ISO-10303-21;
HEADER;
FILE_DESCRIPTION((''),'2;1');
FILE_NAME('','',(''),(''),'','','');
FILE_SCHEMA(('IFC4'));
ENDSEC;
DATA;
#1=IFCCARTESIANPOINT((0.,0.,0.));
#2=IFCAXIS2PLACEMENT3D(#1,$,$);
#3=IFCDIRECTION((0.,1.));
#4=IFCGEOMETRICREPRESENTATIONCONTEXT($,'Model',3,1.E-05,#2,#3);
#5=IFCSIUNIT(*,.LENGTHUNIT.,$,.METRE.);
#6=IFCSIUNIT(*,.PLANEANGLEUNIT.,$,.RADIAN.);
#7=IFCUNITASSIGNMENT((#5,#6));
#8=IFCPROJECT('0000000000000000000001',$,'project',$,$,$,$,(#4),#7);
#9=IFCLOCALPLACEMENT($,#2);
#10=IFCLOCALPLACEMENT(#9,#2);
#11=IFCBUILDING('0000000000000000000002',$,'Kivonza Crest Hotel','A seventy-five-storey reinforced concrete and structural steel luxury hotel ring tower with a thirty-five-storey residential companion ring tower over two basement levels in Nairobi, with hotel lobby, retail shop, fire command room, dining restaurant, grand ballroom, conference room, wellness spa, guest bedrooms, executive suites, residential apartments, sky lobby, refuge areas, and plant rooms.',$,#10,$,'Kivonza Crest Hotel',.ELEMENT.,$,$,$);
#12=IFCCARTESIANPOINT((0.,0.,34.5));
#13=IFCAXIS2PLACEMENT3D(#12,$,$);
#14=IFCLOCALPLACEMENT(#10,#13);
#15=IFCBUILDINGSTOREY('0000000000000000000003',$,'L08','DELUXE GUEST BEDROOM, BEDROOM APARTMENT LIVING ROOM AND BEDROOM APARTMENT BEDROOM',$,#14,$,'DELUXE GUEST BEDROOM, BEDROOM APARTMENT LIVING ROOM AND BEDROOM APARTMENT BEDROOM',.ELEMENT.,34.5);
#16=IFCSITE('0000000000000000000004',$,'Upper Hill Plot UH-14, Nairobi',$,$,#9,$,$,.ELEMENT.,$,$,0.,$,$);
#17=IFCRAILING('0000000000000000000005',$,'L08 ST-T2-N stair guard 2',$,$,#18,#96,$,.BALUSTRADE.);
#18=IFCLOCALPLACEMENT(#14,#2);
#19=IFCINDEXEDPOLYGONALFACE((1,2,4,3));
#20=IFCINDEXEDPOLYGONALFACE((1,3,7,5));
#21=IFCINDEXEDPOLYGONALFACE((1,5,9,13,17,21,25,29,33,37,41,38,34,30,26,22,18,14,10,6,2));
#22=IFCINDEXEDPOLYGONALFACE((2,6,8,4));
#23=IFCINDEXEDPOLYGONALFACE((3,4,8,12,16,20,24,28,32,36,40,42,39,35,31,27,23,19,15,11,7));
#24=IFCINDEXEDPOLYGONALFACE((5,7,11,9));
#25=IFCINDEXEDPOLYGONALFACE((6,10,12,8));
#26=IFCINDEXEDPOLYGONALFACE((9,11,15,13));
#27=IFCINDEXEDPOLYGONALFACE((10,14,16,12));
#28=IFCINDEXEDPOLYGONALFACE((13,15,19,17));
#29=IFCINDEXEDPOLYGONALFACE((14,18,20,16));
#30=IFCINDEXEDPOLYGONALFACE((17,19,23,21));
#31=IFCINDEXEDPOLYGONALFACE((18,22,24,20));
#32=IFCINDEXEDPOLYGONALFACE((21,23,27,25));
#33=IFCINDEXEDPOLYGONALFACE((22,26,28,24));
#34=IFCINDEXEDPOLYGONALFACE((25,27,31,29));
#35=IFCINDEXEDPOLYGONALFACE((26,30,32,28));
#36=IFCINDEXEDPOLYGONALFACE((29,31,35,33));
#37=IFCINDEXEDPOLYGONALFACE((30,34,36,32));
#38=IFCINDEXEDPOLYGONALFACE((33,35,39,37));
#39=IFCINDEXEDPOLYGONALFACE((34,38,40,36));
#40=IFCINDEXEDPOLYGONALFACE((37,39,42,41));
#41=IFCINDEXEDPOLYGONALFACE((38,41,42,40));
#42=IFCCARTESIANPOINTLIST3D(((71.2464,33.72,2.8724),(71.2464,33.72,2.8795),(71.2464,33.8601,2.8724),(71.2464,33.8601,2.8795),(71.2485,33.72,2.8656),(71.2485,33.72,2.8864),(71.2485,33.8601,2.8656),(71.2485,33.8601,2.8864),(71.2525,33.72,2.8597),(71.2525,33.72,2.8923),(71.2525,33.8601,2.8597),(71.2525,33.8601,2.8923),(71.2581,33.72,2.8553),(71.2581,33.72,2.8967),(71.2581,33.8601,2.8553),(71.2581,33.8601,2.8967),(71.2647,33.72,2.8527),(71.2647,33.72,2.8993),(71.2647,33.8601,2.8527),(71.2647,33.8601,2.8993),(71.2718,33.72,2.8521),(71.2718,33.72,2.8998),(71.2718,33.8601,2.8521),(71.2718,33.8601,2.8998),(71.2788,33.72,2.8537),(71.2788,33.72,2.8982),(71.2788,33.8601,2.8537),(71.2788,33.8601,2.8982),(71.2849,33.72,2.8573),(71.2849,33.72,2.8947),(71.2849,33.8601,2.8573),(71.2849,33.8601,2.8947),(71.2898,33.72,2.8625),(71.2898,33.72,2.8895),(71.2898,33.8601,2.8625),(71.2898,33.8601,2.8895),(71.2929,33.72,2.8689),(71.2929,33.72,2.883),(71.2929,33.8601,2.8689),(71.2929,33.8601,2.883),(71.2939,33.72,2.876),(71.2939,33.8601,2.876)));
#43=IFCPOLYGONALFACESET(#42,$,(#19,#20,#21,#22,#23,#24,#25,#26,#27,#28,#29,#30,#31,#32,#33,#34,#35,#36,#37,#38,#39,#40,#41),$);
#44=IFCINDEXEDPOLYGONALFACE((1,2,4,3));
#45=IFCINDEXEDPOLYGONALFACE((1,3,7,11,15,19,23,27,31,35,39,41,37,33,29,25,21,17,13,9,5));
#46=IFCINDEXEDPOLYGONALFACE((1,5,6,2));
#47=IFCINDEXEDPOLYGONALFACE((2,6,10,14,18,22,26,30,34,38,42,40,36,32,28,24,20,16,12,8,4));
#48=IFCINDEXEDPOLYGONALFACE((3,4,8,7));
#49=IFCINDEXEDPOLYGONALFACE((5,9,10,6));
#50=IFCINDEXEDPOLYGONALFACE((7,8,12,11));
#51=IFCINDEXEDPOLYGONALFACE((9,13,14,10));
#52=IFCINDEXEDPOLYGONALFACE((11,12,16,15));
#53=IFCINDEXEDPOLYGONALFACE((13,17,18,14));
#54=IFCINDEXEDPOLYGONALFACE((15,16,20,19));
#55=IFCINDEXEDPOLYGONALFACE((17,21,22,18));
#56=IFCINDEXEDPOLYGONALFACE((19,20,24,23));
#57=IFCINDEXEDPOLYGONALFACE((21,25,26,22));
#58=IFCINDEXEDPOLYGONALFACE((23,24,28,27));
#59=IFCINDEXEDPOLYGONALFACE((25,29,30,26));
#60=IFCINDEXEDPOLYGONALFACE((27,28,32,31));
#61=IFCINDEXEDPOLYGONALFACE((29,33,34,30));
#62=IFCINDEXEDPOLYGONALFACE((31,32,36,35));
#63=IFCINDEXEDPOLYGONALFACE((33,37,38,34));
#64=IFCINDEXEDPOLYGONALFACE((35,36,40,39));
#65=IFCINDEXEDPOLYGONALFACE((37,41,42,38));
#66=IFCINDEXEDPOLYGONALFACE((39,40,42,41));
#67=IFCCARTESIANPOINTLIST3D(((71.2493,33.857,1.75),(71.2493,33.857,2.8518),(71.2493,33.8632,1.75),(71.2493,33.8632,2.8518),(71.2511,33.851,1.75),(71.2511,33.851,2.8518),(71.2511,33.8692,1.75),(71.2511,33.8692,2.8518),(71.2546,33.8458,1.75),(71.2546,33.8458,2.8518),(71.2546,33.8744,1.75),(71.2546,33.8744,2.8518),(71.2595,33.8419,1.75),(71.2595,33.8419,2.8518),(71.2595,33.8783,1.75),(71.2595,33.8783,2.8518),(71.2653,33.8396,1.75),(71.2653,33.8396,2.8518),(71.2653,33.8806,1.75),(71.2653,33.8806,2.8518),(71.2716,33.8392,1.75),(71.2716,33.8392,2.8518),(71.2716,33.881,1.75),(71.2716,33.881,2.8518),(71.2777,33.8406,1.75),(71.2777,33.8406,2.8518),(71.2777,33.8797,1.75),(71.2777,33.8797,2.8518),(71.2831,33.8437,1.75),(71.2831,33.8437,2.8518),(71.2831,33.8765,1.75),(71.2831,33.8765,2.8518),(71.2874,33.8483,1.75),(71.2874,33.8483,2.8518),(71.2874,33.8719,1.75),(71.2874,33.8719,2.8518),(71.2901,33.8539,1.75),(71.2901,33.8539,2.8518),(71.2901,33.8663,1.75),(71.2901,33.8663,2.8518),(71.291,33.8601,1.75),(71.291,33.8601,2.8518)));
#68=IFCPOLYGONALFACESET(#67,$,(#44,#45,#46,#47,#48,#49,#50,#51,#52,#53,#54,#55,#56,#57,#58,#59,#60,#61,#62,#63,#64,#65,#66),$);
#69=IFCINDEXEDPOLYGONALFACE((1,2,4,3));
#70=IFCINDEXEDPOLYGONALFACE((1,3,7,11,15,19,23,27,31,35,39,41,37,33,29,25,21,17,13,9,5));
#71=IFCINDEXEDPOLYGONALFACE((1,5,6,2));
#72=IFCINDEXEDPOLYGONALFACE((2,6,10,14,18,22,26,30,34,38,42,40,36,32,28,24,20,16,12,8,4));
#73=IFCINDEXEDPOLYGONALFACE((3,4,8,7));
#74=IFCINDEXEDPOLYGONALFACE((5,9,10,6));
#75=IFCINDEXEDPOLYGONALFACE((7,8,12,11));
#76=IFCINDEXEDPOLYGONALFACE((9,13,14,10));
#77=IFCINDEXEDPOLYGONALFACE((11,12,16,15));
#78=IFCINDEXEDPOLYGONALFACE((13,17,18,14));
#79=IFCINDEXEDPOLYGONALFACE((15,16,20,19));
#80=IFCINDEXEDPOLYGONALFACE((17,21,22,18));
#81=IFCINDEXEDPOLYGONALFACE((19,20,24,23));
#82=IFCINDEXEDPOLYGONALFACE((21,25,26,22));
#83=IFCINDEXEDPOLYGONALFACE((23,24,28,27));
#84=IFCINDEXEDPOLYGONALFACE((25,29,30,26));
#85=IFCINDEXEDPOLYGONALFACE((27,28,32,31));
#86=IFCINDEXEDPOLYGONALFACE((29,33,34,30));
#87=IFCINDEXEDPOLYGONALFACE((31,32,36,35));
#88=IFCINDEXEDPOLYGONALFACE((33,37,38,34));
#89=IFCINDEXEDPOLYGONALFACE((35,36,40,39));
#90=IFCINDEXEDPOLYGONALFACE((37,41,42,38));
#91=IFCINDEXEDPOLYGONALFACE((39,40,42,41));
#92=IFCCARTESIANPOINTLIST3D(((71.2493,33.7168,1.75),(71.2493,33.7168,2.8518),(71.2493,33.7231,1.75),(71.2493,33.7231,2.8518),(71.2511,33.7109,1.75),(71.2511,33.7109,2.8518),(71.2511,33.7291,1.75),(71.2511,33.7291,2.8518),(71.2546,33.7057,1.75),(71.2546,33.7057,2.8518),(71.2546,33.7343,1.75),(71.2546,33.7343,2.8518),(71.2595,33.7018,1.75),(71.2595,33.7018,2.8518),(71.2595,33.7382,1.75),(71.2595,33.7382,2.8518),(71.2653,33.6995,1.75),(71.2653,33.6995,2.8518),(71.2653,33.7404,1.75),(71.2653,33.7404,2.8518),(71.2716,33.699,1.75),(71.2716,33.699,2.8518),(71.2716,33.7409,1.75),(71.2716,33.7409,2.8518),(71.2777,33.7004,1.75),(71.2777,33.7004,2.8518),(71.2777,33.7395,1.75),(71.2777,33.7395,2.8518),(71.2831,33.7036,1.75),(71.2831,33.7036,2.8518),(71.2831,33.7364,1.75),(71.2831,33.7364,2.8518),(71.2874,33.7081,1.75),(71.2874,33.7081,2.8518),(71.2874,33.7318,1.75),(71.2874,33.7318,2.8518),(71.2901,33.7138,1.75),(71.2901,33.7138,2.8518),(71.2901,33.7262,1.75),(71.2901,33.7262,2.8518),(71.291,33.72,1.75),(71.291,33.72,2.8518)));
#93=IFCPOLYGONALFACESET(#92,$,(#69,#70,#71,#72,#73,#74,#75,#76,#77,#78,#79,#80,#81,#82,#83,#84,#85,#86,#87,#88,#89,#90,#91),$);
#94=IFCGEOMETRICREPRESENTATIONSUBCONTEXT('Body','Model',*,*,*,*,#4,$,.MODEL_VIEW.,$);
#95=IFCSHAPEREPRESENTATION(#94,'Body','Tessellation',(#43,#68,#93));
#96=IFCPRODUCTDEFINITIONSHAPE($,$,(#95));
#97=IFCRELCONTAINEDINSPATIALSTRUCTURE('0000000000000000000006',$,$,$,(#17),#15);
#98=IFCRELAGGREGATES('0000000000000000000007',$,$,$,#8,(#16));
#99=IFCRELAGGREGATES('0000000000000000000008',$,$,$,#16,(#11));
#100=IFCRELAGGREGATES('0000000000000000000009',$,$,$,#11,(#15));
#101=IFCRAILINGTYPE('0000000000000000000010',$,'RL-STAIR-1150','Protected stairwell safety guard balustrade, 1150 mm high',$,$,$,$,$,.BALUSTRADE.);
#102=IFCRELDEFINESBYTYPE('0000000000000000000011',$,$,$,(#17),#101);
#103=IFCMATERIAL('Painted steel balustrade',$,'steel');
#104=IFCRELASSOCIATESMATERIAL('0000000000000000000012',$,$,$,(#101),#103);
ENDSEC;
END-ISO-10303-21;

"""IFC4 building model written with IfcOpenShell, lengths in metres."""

from ifc_helpers import new_model, si_unit, direction, frame, origin, origin_2d, place, context, subcontext, project, spatial, circle, extrude, material, type_object, element, save


model = new_model("IFC4")

# Units and contexts
model_context = context("Model", 3, precision=1e-05, world=origin(), true_north=direction((0.0, 1.0)))
body_context = subcontext(model_context, "Body", "Model", "MODEL_VIEW")
ifc_project = project(units=[si_unit("LENGTHUNIT", "METRE"), si_unit("PLANEANGLEUNIT", "RADIAN")], contexts=[model_context])

# Site, building, storey
site_placement = place(None, origin())
site = spatial("IfcSite", under=ifc_project, at=site_placement, Name="Upper Hill Plot UH-14, Nairobi", CompositionType="ELEMENT", RefElevation=0.0)
building_placement = place(site_placement, origin())
building = spatial("IfcBuilding", under=site, at=building_placement, Name="Kivonza Crest Hotel", Description="A seventy-five-storey reinforced concrete and structural steel luxury hotel ring tower with a thirty-five-storey residential companion ring tower over two basement levels in Nairobi, with hotel lobby, retail shop, fire command room, dining restaurant, grand ballroom, conference room, wellness spa, guest bedrooms, executive suites, residential apartments, sky lobby, refuge areas, and plant rooms.", LongName="Kivonza Crest Hotel", CompositionType="ELEMENT")
storey_placement = place(building_placement, frame((0.0, 0.0, 34.5)))
storey = spatial("IfcBuildingStorey", under=building, at=storey_placement, Name="L08", Description="DELUXE GUEST BEDROOM, BEDROOM APARTMENT LIVING ROOM AND BEDROOM APARTMENT BEDROOM", LongName="DELUXE GUEST BEDROOM, BEDROOM APARTMENT LIVING ROOM AND BEDROOM APARTMENT BEDROOM", CompositionType="ELEMENT", Elevation=34.5)

# Railing
ifc_material_1 = material(Name="Painted steel balustrade", Category="steel")
railing_type_1 = type_object("IfcRailingType", Name="RL-STAIR-1150", Description="Protected stairwell safety guard balustrade, 1150 mm high", PredefinedType="BALUSTRADE", material=ifc_material_1)
railing_1_placement = place(storey_placement, frame((71.27, 33.8601, 1.75)))
element("IfcRailing", 1, at=railing_1_placement, inside=storey, type_object=railing_type_1, Name="L08 ST-T2-N stair guard 2", PredefinedType="BALUSTRADE", context=body_context, shape_type="SweptSolid", body=[
    extrude(circle(Radius=0.0239, at=origin_2d()), frame((0.0, 0.0, 1.126), z_axis=(0.0, -1.0, 0.0), x_axis=(1.0, 0.0, 0.0)), (0.0, 0.0, 1.0), 0.1401),
    extrude(circle(Radius=0.021, at=origin_2d()), origin(), (0.0, 0.0, 1.0), 1.1018),
    extrude(circle(Radius=0.021, at=origin_2d()), frame((0.0, -0.1401, 0.0)), (0.0, 0.0, 1.0), 1.1018),
])

save(model, "model.ifc")
